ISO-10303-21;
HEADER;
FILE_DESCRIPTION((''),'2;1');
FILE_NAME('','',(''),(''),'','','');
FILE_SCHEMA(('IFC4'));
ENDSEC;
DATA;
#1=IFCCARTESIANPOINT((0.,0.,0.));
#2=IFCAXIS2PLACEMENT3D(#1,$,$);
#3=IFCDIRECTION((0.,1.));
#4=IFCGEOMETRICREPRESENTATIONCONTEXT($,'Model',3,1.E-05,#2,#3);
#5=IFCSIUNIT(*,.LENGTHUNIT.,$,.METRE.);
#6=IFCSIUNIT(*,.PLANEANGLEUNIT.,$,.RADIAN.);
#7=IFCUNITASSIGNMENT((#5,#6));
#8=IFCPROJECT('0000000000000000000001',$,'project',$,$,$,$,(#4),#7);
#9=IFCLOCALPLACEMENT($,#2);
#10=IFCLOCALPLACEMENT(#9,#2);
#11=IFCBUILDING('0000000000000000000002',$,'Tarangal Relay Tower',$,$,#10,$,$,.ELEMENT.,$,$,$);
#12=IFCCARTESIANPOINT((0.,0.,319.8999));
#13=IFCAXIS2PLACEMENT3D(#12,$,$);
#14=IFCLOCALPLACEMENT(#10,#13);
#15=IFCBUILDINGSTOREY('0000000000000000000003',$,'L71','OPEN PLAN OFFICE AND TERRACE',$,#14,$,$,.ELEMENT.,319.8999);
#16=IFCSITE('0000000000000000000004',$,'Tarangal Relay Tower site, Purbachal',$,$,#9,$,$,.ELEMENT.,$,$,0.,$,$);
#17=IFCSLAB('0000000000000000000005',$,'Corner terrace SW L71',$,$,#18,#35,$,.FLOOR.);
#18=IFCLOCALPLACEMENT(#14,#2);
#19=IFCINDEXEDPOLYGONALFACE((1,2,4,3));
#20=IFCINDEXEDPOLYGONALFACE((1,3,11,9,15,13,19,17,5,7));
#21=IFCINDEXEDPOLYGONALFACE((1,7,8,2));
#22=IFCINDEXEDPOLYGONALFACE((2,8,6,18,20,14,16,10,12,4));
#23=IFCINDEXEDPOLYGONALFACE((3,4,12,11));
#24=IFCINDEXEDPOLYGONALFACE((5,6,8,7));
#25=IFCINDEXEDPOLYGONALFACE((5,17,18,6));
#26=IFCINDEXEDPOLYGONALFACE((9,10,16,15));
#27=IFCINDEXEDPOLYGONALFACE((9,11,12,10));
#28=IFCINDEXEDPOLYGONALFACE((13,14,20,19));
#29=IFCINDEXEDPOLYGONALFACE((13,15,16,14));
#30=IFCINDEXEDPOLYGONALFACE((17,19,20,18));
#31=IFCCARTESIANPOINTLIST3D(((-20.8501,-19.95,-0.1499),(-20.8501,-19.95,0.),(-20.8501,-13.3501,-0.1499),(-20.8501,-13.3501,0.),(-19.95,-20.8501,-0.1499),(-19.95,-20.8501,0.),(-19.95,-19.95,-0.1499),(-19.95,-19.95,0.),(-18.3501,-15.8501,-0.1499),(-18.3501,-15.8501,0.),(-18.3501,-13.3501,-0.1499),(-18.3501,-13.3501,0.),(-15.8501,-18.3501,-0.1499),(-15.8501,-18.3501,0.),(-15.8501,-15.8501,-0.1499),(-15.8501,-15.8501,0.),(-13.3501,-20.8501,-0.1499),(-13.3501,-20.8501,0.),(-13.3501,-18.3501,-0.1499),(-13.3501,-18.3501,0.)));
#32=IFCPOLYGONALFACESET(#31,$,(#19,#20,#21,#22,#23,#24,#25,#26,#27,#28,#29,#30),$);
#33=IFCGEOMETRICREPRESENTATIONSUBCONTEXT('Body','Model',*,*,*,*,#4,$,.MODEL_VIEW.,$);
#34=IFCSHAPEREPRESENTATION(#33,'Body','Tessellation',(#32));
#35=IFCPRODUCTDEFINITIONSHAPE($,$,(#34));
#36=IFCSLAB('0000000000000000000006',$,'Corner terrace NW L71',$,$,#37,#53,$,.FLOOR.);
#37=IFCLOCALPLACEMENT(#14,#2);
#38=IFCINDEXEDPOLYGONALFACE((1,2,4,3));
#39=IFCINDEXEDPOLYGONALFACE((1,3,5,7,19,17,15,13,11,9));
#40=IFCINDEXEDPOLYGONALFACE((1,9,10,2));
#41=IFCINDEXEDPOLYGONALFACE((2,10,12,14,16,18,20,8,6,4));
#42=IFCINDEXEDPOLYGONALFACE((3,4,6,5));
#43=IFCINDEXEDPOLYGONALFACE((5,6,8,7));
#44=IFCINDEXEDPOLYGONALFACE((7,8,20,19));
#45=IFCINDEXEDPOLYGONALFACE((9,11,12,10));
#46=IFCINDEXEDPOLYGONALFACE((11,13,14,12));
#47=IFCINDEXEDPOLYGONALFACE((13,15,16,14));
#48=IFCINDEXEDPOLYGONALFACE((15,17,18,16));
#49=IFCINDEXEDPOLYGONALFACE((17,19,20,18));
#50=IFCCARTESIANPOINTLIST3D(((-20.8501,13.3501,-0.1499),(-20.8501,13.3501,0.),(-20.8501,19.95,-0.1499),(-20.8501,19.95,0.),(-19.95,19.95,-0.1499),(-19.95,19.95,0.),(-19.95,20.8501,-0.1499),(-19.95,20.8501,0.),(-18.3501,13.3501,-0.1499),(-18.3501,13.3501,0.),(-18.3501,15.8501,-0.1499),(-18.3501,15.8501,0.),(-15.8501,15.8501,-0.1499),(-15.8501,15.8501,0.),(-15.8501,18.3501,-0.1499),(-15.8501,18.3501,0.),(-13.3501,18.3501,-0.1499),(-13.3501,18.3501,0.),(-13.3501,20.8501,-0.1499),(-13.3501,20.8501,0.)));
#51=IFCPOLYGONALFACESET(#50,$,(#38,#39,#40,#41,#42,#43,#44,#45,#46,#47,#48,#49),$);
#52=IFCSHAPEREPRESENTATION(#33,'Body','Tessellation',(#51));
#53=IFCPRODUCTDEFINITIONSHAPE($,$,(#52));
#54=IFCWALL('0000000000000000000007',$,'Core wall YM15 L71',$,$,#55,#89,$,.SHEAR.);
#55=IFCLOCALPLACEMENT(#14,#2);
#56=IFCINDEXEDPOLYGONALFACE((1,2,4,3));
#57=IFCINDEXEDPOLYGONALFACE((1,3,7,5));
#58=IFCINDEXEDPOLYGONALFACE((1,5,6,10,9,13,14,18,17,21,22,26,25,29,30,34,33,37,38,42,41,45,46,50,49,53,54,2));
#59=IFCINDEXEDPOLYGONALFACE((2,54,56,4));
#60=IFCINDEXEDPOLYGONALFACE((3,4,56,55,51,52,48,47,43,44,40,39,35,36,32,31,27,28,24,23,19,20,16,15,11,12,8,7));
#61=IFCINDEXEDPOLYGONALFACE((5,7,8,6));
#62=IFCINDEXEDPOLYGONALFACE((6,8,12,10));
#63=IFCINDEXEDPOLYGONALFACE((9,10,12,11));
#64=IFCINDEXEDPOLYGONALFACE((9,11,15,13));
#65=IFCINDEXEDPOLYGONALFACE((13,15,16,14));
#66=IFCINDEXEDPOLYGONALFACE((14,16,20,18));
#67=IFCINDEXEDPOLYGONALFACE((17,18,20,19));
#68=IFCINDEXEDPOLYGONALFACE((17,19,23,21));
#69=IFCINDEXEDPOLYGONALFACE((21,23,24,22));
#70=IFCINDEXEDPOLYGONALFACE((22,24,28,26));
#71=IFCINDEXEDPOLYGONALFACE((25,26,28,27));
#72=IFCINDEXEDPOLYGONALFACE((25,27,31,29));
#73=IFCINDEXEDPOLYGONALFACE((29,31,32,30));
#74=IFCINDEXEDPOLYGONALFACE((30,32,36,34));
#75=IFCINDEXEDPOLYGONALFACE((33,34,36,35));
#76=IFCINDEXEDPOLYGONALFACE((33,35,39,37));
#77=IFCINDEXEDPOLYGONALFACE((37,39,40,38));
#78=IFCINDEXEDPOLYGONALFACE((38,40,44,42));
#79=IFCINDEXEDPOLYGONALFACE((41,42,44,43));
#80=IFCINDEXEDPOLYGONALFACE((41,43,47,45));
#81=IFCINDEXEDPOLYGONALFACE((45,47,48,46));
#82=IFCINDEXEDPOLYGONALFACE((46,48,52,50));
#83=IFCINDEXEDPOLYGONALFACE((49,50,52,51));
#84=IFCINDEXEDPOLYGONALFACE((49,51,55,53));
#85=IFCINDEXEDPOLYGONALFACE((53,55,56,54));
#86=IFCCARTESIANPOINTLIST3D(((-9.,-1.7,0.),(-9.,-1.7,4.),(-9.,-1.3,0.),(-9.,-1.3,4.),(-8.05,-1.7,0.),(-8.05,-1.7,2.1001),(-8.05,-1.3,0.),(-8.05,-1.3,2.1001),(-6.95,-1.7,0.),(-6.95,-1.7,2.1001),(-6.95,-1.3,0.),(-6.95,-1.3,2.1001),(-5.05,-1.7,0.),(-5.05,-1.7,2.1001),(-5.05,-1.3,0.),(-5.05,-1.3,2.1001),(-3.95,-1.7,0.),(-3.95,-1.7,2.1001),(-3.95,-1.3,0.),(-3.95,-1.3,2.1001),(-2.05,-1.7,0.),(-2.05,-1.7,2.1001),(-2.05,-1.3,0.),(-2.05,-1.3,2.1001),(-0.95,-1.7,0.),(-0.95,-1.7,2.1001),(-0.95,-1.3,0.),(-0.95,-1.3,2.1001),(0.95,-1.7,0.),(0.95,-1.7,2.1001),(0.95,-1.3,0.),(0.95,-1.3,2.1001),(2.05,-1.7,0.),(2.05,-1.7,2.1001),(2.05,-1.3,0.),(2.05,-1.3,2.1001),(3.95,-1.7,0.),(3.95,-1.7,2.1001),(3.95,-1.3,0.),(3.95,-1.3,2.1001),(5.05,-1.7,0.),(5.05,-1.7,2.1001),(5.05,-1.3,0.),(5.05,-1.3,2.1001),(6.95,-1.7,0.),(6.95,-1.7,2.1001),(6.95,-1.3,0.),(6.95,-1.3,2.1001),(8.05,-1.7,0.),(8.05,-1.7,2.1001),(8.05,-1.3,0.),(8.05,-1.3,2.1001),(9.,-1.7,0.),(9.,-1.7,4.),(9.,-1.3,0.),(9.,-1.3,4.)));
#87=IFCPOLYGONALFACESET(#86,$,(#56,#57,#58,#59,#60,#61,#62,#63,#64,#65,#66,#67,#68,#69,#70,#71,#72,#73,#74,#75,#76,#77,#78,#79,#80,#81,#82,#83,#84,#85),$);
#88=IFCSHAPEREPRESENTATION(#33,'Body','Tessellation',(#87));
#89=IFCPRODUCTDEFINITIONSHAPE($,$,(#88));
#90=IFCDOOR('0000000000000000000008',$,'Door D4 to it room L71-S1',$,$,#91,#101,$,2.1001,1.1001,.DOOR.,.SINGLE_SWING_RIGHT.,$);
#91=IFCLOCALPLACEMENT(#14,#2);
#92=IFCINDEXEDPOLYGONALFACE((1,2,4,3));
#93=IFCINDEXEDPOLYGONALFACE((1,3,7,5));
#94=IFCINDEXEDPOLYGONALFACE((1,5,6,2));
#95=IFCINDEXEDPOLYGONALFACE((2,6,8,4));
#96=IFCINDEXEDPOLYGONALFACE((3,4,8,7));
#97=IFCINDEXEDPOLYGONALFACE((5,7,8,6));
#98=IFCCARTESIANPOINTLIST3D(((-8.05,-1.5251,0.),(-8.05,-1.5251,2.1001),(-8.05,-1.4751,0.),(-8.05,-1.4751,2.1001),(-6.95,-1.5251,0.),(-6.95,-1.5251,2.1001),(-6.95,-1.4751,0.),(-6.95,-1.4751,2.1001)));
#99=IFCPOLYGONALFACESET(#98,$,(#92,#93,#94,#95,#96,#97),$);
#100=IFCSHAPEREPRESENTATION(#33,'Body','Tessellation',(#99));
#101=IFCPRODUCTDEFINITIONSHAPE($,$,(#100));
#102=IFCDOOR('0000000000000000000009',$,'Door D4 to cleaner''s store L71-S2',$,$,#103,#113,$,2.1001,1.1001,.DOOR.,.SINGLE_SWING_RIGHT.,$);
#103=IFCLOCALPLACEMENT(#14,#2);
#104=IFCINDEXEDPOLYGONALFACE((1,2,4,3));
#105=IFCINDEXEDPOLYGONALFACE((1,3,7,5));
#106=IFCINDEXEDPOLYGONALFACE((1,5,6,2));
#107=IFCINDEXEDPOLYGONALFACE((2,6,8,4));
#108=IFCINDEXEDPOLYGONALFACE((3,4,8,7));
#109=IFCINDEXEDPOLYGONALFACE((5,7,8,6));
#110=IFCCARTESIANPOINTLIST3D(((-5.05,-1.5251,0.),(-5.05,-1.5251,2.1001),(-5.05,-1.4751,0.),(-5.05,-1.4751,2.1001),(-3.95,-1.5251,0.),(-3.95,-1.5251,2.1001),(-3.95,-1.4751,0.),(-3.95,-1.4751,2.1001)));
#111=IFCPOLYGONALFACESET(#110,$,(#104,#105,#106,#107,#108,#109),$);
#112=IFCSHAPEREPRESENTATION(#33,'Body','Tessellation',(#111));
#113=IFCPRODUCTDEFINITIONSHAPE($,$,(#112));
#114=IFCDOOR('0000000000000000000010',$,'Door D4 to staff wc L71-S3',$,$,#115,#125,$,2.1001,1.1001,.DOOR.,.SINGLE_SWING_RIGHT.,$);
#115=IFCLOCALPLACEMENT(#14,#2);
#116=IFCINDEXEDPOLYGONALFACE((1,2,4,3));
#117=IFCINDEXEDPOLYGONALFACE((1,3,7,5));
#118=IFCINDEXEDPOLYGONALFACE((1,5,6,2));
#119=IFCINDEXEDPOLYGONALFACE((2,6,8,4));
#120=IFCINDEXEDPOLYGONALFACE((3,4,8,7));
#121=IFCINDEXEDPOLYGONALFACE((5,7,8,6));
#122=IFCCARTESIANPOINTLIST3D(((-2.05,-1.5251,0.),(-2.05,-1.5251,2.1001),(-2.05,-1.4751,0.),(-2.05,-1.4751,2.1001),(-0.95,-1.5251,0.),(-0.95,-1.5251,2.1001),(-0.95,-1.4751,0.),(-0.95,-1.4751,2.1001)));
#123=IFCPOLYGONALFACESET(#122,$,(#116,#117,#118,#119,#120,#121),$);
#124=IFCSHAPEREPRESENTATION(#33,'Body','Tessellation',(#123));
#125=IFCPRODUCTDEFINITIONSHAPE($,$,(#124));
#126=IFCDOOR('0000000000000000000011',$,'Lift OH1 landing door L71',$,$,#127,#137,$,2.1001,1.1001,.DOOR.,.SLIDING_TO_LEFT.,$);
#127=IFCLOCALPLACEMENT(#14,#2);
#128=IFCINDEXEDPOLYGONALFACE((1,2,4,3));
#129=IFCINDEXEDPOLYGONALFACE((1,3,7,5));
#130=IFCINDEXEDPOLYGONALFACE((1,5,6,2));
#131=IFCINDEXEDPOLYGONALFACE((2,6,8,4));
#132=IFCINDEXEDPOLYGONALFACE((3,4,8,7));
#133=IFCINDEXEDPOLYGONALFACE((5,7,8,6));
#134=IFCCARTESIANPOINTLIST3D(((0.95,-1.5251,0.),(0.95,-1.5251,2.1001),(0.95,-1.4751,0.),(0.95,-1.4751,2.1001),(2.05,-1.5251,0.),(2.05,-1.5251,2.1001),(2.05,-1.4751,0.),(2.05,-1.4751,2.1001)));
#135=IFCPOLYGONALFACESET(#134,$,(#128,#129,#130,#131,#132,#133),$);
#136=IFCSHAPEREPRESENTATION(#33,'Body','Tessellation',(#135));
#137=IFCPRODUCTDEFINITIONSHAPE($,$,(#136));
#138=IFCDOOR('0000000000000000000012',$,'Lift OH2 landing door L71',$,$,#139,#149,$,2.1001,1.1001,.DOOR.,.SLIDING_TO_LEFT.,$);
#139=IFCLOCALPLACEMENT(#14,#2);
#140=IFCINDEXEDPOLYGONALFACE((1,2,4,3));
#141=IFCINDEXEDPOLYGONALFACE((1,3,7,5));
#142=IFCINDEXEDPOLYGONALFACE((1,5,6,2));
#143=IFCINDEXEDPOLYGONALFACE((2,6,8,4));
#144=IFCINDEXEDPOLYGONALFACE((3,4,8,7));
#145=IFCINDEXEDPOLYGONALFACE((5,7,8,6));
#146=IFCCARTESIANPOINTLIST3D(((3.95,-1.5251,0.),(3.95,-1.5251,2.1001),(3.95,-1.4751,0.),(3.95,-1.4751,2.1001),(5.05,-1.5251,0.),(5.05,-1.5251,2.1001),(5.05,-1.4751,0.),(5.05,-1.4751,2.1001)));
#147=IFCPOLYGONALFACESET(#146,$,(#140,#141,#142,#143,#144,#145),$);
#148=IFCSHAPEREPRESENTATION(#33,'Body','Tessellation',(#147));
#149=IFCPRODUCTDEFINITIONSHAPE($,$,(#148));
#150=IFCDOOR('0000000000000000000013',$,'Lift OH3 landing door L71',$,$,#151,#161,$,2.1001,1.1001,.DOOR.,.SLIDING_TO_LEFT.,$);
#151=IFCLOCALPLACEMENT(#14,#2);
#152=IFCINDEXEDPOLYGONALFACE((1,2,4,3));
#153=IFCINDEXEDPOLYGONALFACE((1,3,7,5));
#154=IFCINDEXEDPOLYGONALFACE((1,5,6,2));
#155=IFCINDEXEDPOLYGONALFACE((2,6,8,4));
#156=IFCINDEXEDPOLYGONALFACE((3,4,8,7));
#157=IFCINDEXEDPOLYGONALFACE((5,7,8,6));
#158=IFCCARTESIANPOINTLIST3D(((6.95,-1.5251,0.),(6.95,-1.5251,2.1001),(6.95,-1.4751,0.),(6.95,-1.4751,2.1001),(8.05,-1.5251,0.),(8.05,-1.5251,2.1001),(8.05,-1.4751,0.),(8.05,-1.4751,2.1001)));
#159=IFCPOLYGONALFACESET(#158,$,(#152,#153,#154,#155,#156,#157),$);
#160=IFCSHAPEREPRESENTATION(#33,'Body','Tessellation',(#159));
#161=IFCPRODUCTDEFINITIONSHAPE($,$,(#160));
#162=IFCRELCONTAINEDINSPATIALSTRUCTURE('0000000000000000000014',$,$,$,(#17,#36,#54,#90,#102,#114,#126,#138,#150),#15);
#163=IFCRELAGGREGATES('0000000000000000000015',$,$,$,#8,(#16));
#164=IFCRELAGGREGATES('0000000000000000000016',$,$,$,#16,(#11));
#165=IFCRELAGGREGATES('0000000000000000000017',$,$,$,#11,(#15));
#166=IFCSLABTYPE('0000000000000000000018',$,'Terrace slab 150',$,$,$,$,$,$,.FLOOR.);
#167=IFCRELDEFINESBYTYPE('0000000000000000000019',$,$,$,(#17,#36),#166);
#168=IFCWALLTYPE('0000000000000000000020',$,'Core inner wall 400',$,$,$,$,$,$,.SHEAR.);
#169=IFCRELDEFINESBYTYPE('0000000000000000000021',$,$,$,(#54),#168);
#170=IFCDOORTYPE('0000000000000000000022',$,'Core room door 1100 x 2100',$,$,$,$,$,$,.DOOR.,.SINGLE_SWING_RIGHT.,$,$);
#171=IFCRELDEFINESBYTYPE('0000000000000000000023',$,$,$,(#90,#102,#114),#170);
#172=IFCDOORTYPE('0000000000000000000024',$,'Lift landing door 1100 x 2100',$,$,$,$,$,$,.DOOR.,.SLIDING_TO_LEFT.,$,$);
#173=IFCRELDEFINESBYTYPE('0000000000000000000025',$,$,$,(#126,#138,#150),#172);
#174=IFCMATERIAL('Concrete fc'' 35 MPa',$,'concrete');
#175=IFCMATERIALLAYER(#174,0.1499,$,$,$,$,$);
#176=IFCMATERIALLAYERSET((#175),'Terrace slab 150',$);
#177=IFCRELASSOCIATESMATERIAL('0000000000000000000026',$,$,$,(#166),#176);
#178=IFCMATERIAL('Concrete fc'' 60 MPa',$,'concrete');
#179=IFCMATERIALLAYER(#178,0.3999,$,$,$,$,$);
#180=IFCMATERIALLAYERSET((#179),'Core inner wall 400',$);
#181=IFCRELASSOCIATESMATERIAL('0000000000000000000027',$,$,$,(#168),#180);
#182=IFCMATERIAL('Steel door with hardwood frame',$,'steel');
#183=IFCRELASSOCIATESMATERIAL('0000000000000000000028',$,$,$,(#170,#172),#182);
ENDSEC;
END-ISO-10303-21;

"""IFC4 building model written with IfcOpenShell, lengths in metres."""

from ifc_helpers import new_model, si_unit, direction, frame, frame_2d, origin, place, context, subcontext, project, spatial, polyline, rectangle, outline, extrude, material, layer, layer_set, type_object, element, fill, save


model = new_model("IFC4")

# Units and contexts
model_context = context("Model", 3, precision=1e-05, world=origin(), true_north=direction((0.0, 1.0)))
body_context = subcontext(model_context, "Body", "Model", "MODEL_VIEW")
ifc_project = project(units=[si_unit("LENGTHUNIT", "METRE"), si_unit("PLANEANGLEUNIT", "RADIAN")], contexts=[model_context])

# Site, building, storey
site_placement = place(None, origin())
site = spatial("IfcSite", under=ifc_project, at=site_placement, Name="Tarangal Relay Tower site, Purbachal", CompositionType="ELEMENT", RefElevation=0.0)
building_placement = place(site_placement, origin())
building = spatial("IfcBuilding", under=site, at=building_placement, Name="Tarangal Relay Tower", CompositionType="ELEMENT")
storey_placement = place(building_placement, frame((0.0, 0.0, 319.8999)))
storey = spatial("IfcBuildingStorey", under=building, at=storey_placement, Name="L71", Description="OPEN PLAN OFFICE AND TERRACE", CompositionType="ELEMENT", Elevation=319.8999)

# Slabs
ifc_material_1 = material(Name="Concrete fc' 35 MPa", Category="concrete")
ifc_layer_1 = layer(ifc_material_1, 0.1499)
ifc_layer_set_1 = layer_set([ifc_layer_1], Name="Terrace slab 150")
slab_type_1 = type_object("IfcSlabType", Name="Terrace slab 150", PredefinedType="FLOOR", material=ifc_layer_set_1)
slab_1_placement = place(storey_placement, frame((0.0, 0.0, -0.1499)))
element("IfcSlab", 1, at=slab_1_placement, inside=storey, type_object=slab_type_1, Name="Corner terrace SW L71", PredefinedType="FLOOR", context=body_context, shape_type="SweptSolid", body=[
    extrude(outline(polyline([(-13.3501, -20.8501), (-13.3501, -18.3501), (-15.8501, -18.3501), (-15.8501, -15.8501), (-18.3501, -15.8501), (-18.3501, -13.3501), (-20.8501, -13.3501), (-20.8501, -19.95), (-19.95, -19.95), (-19.95, -20.8501), (-13.3501, -20.8501)])), origin(), (0.0, 0.0, 1.0), 0.1499),
])
slab_2_placement = place(storey_placement, frame((0.0, 0.0, -0.1499)))
element("IfcSlab", 2, at=slab_2_placement, inside=storey, type_object=slab_type_1, Name="Corner terrace NW L71", PredefinedType="FLOOR", context=body_context, shape_type="SweptSolid", body=[
    extrude(outline(polyline([(-20.8501, 13.3501), (-18.3501, 13.3501), (-18.3501, 15.8501), (-15.8501, 15.8501), (-15.8501, 18.3501), (-13.3501, 18.3501), (-13.3501, 20.8501), (-19.95, 20.8501), (-19.95, 19.95), (-20.8501, 19.95), (-20.8501, 13.3501)])), origin(), (0.0, 0.0, 1.0), 0.1499),
])

# Wall, openings, doors
ifc_material_2 = material(Name="Concrete fc' 60 MPa", Category="concrete")
ifc_layer_2 = layer(ifc_material_2, 0.3999)
ifc_layer_set_2 = layer_set([ifc_layer_2], Name="Core inner wall 400")
wall_type_1 = type_object("IfcWallType", Name="Core inner wall 400", PredefinedType="SHEAR", material=ifc_layer_set_2)
wall_1_placement = place(storey_placement, frame((-9.0, -1.5, 0.0), z_axis=(0.0, 0.0, 1.0), x_axis=(1.0, 0.0, 0.0)))
wall_1 = element("IfcWall", 3, at=wall_1_placement, inside=storey, type_object=wall_type_1, Name="Core wall YM15 L71", PredefinedType="SHEAR", context=body_context, shape_type="SweptSolid", body=[
    extrude(rectangle(XDim=18.0, YDim=0.3999, at=frame_2d((9.0, 0.0))), origin(), (0.0, 0.0, 1.0), 4.0),
])
opening_1_placement = place(wall_1_placement, frame((9.95, 0.0, 0.0)))
opening_1 = element("IfcOpeningElement", 4, at=opening_1_placement, cuts=wall_1, PredefinedType="OPENING", context=body_context, shape_type="SweptSolid", body=[
    extrude(rectangle(XDim=1.1001, YDim=2.1001, at=frame_2d((0.55, 1.05))), frame((0.0, 0.21, 0.0), z_axis=(0.0, -1.0, 0.0), x_axis=(1.0, 0.0, 0.0)), (0.0, 0.0, 1.0), 0.4199),
])
opening_2_placement = place(wall_1_placement, frame((12.95, 0.0, 0.0)))
opening_2 = element("IfcOpeningElement", 5, at=opening_2_placement, cuts=wall_1, PredefinedType="OPENING", context=body_context, shape_type="SweptSolid", body=[
    extrude(rectangle(XDim=1.1001, YDim=2.1001, at=frame_2d((0.55, 1.05))), frame((0.0, 0.21, 0.0), z_axis=(0.0, -1.0, 0.0), x_axis=(1.0, 0.0, 0.0)), (0.0, 0.0, 1.0), 0.4199),
])
opening_3_placement = place(wall_1_placement, frame((15.95, 0.0, 0.0)))
opening_3 = element("IfcOpeningElement", 6, at=opening_3_placement, cuts=wall_1, PredefinedType="OPENING", context=body_context, shape_type="SweptSolid", body=[
    extrude(rectangle(XDim=1.1001, YDim=2.1001, at=frame_2d((0.55, 1.05))), frame((0.0, 0.21, 0.0), z_axis=(0.0, -1.0, 0.0), x_axis=(1.0, 0.0, 0.0)), (0.0, 0.0, 1.0), 0.4199),
])
opening_4_placement = place(wall_1_placement, frame((0.95, 0.0, 0.0)))
opening_4 = element("IfcOpeningElement", 7, at=opening_4_placement, cuts=wall_1, PredefinedType="OPENING", context=body_context, shape_type="SweptSolid", body=[
    extrude(rectangle(XDim=1.1001, YDim=2.1001, at=frame_2d((0.55, 1.05))), frame((0.0, 0.21, 0.0), z_axis=(0.0, -1.0, 0.0), x_axis=(1.0, 0.0, 0.0)), (0.0, 0.0, 1.0), 0.4199),
])
opening_5_placement = place(wall_1_placement, frame((3.95, 0.0, 0.0)))
opening_5 = element("IfcOpeningElement", 8, at=opening_5_placement, cuts=wall_1, PredefinedType="OPENING", context=body_context, shape_type="SweptSolid", body=[
    extrude(rectangle(XDim=1.1001, YDim=2.1001, at=frame_2d((0.55, 1.05))), frame((0.0, 0.21, 0.0), z_axis=(0.0, -1.0, 0.0), x_axis=(1.0, 0.0, 0.0)), (0.0, 0.0, 1.0), 0.4199),
])
opening_6_placement = place(wall_1_placement, frame((6.95, 0.0, 0.0)))
opening_6 = element("IfcOpeningElement", 9, at=opening_6_placement, cuts=wall_1, PredefinedType="OPENING", context=body_context, shape_type="SweptSolid", body=[
    extrude(rectangle(XDim=1.1001, YDim=2.1001, at=frame_2d((0.55, 1.05))), frame((0.0, 0.21, 0.0), z_axis=(0.0, -1.0, 0.0), x_axis=(1.0, 0.0, 0.0)), (0.0, 0.0, 1.0), 0.4199),
])
ifc_material_3 = material(Name="Steel door with hardwood frame", Category="steel")
door_type_1 = type_object("IfcDoorType", Name="Core room door 1100 x 2100", OperationType="SINGLE_SWING_RIGHT", PredefinedType="DOOR", material=ifc_material_3)
door_1_placement = place(opening_4_placement, origin())
door_1 = element("IfcDoor", 10, at=door_1_placement, inside=storey, type_object=door_type_1, Name="Door D4 to it room L71-S1", OperationType="SINGLE_SWING_RIGHT", OverallHeight=2.1001, OverallWidth=1.1001, PredefinedType="DOOR", context=body_context, shape_type="SweptSolid", body=[
    extrude(rectangle(XDim=1.1001, YDim=2.1001, at=frame_2d((0.55, 1.05))), frame((0.0, 0.0249, 0.0), z_axis=(0.0, -1.0, 0.0), x_axis=(1.0, 0.0, 0.0)), (0.0, 0.0, 1.0), 0.05),
])
fill(opening_4, door_1)
door_2_placement = place(opening_5_placement, origin())
door_2 = element("IfcDoor", 11, at=door_2_placement, inside=storey, type_object=door_type_1, Name="Door D4 to cleaner's store L71-S2", OperationType="SINGLE_SWING_RIGHT", OverallHeight=2.1001, OverallWidth=1.1001, PredefinedType="DOOR", context=body_context, shape_type="SweptSolid", body=[
    extrude(rectangle(XDim=1.1001, YDim=2.1001, at=frame_2d((0.55, 1.05))), frame((0.0, 0.0249, 0.0), z_axis=(0.0, -1.0, 0.0), x_axis=(1.0, 0.0, 0.0)), (0.0, 0.0, 1.0), 0.05),
])
fill(opening_5, door_2)
door_3_placement = place(opening_6_placement, origin())
door_3 = element("IfcDoor", 12, at=door_3_placement, inside=storey, type_object=door_type_1, Name="Door D4 to staff wc L71-S3", OperationType="SINGLE_SWING_RIGHT", OverallHeight=2.1001, OverallWidth=1.1001, PredefinedType="DOOR", context=body_context, shape_type="SweptSolid", body=[
    extrude(rectangle(XDim=1.1001, YDim=2.1001, at=frame_2d((0.55, 1.05))), frame((0.0, 0.0249, 0.0), z_axis=(0.0, -1.0, 0.0), x_axis=(1.0, 0.0, 0.0)), (0.0, 0.0, 1.0), 0.05),
])
fill(opening_6, door_3)
door_type_2 = type_object("IfcDoorType", Name="Lift landing door 1100 x 2100", OperationType="SLIDING_TO_LEFT", PredefinedType="DOOR", material=ifc_material_3)
door_4_placement = place(opening_1_placement, origin())
door_4 = element("IfcDoor", 13, at=door_4_placement, inside=storey, type_object=door_type_2, Name="Lift OH1 landing door L71", OperationType="SLIDING_TO_LEFT", OverallHeight=2.1001, OverallWidth=1.1001, PredefinedType="DOOR", context=body_context, shape_type="SweptSolid", body=[
    extrude(rectangle(XDim=1.1001, YDim=2.1001, at=frame_2d((0.55, 1.05))), frame((0.0, 0.0249, 0.0), z_axis=(0.0, -1.0, 0.0), x_axis=(1.0, 0.0, 0.0)), (0.0, 0.0, 1.0), 0.05),
])
fill(opening_1, door_4)
door_5_placement = place(opening_2_placement, origin())
door_5 = element("IfcDoor", 14, at=door_5_placement, inside=storey, type_object=door_type_2, Name="Lift OH2 landing door L71", OperationType="SLIDING_TO_LEFT", OverallHeight=2.1001, OverallWidth=1.1001, PredefinedType="DOOR", context=body_context, shape_type="SweptSolid", body=[
    extrude(rectangle(XDim=1.1001, YDim=2.1001, at=frame_2d((0.55, 1.05))), frame((0.0, 0.0249, 0.0), z_axis=(0.0, -1.0, 0.0), x_axis=(1.0, 0.0, 0.0)), (0.0, 0.0, 1.0), 0.05),
])
fill(opening_2, door_5)
door_6_placement = place(opening_3_placement, origin())
door_6 = element("IfcDoor", 15, at=door_6_placement, inside=storey, type_object=door_type_2, Name="Lift OH3 landing door L71", OperationType="SLIDING_TO_LEFT", OverallHeight=2.1001, OverallWidth=1.1001, PredefinedType="DOOR", context=body_context, shape_type="SweptSolid", body=[
    extrude(rectangle(XDim=1.1001, YDim=2.1001, at=frame_2d((0.55, 1.05))), frame((0.0, 0.0249, 0.0), z_axis=(0.0, -1.0, 0.0), x_axis=(1.0, 0.0, 0.0)), (0.0, 0.0, 1.0), 0.05),
])
fill(opening_3, door_6)

save(model, "model.ifc")
